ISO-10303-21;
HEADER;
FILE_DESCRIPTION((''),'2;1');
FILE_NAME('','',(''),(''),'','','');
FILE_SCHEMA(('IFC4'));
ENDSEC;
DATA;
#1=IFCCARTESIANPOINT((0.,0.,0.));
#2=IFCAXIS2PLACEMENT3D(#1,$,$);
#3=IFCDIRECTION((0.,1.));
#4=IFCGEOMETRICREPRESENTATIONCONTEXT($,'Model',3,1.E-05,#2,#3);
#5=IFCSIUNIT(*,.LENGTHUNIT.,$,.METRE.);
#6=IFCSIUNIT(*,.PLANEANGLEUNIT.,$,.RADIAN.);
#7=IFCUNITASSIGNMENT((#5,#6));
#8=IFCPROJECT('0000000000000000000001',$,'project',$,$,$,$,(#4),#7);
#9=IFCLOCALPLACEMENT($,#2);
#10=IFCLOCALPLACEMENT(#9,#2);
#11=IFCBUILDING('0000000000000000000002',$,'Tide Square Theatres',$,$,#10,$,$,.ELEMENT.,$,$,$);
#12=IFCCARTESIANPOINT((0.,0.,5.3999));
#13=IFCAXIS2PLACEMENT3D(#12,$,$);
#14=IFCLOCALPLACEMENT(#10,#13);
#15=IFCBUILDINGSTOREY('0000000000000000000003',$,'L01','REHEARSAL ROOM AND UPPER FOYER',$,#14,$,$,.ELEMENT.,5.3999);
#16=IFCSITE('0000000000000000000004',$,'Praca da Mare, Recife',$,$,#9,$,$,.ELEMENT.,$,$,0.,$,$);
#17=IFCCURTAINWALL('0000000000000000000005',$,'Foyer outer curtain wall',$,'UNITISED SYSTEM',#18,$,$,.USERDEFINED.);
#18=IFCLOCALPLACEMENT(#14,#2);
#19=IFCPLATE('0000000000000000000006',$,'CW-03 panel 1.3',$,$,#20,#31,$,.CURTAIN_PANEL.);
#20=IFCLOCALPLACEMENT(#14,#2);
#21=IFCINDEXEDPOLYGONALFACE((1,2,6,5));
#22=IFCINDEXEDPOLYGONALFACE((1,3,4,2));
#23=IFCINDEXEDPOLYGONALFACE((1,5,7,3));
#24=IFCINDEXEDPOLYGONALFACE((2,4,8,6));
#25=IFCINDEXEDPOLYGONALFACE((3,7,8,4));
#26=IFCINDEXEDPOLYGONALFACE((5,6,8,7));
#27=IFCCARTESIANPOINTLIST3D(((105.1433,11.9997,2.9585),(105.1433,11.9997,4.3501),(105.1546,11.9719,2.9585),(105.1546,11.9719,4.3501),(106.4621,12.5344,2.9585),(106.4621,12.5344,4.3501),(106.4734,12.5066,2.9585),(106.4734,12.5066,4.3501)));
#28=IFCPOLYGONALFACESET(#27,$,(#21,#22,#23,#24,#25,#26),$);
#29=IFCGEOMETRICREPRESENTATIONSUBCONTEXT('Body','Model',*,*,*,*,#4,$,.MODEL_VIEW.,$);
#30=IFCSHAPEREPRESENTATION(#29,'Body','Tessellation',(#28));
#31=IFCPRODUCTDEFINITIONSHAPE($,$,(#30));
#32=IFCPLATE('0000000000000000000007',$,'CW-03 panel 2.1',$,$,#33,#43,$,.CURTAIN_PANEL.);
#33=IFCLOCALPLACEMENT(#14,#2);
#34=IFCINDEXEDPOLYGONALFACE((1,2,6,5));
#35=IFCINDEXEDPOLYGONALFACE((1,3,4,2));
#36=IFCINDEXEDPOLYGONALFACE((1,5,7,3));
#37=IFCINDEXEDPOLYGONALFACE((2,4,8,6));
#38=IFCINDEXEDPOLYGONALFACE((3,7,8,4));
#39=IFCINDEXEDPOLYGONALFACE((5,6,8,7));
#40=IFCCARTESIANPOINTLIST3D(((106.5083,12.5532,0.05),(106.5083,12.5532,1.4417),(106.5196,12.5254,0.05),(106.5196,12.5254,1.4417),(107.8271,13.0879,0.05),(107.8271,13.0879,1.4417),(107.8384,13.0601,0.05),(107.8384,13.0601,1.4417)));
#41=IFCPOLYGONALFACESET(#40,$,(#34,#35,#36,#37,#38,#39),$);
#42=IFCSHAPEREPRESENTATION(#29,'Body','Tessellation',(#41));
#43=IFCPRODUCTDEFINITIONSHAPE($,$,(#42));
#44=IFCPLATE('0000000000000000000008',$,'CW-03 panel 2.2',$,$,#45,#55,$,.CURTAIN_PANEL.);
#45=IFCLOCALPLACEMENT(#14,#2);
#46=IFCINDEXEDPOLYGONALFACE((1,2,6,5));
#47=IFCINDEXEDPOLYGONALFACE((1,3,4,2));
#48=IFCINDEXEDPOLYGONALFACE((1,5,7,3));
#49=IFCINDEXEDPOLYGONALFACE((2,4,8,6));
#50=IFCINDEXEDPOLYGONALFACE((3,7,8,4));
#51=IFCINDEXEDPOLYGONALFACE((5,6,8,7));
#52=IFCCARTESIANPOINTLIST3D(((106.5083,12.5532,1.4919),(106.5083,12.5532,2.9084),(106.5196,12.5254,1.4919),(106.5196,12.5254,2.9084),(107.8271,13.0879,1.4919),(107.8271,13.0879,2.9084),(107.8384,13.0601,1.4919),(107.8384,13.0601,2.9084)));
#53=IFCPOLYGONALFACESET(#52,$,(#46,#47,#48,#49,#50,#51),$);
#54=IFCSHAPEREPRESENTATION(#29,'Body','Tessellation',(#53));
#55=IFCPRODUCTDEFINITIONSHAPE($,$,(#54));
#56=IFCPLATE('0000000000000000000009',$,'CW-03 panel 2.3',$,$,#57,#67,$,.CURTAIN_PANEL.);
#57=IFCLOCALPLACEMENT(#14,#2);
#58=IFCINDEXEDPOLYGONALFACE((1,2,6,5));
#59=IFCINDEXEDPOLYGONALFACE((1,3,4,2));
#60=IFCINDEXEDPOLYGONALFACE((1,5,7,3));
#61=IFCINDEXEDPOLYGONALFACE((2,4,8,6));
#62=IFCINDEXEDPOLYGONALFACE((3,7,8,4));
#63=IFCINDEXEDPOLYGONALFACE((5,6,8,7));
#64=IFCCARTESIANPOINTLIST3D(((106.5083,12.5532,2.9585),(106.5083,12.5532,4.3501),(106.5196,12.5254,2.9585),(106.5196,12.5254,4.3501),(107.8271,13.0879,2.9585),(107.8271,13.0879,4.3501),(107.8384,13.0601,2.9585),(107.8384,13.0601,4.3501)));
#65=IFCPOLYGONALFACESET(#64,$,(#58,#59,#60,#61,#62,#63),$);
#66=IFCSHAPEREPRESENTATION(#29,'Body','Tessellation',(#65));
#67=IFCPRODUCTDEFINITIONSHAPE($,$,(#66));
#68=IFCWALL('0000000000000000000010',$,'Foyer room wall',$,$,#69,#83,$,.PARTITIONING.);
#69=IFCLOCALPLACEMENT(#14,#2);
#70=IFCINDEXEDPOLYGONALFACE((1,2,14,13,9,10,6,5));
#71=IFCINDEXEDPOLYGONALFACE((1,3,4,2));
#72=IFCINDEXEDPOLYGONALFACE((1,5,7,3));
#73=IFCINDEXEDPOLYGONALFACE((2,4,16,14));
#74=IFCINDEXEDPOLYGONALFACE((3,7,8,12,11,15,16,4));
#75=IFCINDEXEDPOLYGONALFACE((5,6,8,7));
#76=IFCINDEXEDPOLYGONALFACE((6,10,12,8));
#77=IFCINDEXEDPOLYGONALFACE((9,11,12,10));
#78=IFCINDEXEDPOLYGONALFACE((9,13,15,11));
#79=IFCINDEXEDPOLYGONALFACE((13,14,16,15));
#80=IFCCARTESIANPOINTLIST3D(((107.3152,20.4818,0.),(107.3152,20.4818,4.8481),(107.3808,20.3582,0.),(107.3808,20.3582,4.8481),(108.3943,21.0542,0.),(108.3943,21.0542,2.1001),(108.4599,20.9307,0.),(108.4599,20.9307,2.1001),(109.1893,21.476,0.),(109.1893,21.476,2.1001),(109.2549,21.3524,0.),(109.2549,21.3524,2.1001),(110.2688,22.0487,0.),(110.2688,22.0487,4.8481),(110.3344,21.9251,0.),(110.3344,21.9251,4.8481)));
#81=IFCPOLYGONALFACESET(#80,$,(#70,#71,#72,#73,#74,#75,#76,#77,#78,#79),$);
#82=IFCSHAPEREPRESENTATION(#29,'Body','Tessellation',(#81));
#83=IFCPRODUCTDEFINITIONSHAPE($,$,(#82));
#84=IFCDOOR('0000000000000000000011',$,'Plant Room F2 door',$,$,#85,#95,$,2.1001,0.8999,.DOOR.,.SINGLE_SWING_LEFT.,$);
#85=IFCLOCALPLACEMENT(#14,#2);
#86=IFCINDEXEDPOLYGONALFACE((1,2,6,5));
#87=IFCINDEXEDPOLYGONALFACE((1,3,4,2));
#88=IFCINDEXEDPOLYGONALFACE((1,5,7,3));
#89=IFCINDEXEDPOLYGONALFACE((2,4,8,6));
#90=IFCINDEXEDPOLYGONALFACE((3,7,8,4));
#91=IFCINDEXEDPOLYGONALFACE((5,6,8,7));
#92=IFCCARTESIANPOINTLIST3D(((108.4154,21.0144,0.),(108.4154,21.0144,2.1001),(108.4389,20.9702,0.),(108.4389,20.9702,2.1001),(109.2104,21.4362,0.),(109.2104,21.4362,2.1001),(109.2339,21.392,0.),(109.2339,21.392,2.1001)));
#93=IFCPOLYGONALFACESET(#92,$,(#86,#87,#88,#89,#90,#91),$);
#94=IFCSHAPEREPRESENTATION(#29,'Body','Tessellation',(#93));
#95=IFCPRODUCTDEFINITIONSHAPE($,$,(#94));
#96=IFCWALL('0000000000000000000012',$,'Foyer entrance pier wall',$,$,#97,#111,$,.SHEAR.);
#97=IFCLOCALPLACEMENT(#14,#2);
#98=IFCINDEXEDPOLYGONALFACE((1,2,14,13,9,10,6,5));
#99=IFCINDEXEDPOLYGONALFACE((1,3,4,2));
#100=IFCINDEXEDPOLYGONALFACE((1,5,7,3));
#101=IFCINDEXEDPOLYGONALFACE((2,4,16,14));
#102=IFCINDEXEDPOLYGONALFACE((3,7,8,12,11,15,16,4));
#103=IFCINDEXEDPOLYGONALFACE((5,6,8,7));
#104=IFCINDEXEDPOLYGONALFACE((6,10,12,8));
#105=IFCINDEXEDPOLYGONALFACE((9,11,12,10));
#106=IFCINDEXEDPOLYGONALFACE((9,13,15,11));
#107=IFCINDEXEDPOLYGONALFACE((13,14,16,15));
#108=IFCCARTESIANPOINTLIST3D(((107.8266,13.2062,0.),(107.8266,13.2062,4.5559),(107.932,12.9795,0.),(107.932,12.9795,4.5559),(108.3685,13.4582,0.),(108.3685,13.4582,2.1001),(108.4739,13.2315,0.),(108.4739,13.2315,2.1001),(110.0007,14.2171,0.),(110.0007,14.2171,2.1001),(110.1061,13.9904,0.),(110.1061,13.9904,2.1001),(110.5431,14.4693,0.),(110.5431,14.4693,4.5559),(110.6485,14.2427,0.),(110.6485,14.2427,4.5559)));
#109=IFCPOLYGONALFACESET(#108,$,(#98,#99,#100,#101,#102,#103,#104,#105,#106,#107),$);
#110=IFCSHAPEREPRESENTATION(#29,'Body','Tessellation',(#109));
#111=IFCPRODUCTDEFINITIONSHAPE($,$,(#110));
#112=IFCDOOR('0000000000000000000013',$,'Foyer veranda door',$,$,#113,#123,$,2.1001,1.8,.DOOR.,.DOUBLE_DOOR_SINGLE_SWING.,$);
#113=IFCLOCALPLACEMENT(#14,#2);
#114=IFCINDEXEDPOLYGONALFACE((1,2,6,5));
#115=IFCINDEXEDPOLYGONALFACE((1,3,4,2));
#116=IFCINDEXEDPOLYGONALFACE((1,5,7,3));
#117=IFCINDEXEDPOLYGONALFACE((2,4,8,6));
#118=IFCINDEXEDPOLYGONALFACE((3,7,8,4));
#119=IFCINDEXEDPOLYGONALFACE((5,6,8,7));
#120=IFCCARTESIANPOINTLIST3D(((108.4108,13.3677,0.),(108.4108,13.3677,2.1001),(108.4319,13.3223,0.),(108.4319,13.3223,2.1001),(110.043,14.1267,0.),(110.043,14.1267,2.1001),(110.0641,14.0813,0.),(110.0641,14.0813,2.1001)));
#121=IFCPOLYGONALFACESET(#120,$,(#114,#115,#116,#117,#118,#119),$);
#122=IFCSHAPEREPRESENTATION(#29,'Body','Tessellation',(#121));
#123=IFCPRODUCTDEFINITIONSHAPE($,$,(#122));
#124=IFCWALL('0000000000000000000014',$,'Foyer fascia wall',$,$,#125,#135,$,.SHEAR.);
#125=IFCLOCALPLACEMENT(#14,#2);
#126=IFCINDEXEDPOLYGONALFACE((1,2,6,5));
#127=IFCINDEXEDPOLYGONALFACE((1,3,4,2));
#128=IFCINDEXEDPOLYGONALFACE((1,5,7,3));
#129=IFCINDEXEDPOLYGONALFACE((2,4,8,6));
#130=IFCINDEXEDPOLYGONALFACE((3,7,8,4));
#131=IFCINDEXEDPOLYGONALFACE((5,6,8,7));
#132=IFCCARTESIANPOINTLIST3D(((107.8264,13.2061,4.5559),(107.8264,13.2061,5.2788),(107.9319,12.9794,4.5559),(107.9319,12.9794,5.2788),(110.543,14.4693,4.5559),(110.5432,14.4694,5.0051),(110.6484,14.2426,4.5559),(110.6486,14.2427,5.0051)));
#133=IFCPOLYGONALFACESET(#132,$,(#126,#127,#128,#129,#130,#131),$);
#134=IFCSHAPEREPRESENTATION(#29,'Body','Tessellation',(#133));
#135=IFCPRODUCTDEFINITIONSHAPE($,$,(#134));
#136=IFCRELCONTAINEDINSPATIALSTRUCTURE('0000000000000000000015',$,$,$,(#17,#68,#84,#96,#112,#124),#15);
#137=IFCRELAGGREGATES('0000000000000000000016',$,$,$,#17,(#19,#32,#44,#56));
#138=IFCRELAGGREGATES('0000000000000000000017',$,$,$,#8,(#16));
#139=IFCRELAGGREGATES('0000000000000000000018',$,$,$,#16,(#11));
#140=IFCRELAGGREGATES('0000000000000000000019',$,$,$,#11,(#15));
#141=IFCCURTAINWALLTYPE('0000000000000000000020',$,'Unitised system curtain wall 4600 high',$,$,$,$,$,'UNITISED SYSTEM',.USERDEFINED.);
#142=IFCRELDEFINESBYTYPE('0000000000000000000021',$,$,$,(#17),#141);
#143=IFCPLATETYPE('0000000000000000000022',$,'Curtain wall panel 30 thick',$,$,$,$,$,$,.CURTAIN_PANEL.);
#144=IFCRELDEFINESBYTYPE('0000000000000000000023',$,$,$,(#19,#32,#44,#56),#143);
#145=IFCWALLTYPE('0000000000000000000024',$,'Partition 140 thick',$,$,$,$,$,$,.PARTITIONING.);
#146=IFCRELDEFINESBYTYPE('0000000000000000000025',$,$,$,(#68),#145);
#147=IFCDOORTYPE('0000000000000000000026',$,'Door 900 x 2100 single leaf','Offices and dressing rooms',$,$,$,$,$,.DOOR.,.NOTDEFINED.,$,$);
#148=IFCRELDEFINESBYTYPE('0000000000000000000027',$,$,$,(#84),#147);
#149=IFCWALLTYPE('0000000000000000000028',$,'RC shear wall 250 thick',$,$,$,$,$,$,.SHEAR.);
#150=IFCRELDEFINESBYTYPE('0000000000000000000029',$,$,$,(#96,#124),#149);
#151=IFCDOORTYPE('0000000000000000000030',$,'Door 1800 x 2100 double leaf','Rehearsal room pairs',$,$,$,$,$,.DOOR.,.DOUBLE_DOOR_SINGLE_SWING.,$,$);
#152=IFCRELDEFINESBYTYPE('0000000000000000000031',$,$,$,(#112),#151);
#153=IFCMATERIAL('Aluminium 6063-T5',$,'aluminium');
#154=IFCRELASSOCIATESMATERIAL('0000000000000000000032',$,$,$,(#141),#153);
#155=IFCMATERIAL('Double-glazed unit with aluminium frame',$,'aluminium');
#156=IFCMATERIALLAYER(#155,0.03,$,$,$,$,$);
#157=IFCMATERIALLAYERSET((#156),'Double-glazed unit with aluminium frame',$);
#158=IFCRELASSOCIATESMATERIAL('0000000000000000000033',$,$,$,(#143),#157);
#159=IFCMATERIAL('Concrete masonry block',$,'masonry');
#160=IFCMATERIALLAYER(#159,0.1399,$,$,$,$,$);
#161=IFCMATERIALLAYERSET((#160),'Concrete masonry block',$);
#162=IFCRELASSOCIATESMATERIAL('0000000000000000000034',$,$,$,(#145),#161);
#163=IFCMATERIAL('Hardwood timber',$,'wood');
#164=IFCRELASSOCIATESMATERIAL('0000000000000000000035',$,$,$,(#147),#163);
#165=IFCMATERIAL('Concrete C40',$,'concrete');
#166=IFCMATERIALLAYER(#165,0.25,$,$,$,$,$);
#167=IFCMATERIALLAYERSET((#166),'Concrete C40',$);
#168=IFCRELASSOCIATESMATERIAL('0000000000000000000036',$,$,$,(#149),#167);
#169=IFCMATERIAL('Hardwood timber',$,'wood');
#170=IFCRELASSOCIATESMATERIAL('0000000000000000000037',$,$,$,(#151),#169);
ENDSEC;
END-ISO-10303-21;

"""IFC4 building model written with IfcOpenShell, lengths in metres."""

from ifc_helpers import new_model, si_unit, direction, frame, frame_2d, origin, origin_2d, place, context, subcontext, project, spatial, polyline, rectangle, outline, extrude, material, layer, layer_set, type_object, element, fill, aggregate, save


model = new_model("IFC4")

# Units and contexts
model_context = context("Model", 3, precision=1e-05, world=origin(), true_north=direction((0.0, 1.0)))
body_context = subcontext(model_context, "Body", "Model", "MODEL_VIEW")
ifc_project = project(units=[si_unit("LENGTHUNIT", "METRE"), si_unit("PLANEANGLEUNIT", "RADIAN")], contexts=[model_context])

# Site, building, storey
site_placement = place(None, origin())
site = spatial("IfcSite", under=ifc_project, at=site_placement, Name="Praca da Mare, Recife", CompositionType="ELEMENT", RefElevation=0.0)
building_placement = place(site_placement, origin())
building = spatial("IfcBuilding", under=site, at=building_placement, Name="Tide Square Theatres", CompositionType="ELEMENT")
storey_placement = place(building_placement, frame((0.0, 0.0, 5.3999)))
storey = spatial("IfcBuildingStorey", under=building, at=storey_placement, Name="L01", Description="REHEARSAL ROOM AND UPPER FOYER", CompositionType="ELEMENT", Elevation=5.3999)

# Curtain wall
ifc_material_1 = material(Name="Aluminium 6063-T5", Category="aluminium")
curtain_wall_type = type_object("IfcCurtainWallType", Name="Unitised system curtain wall 4600 high", ElementType="UNITISED SYSTEM", PredefinedType="USERDEFINED", material=ifc_material_1)
curtain_wall_placement = place(storey_placement, origin())
curtain_wall = element("IfcCurtainWall", 1, at=curtain_wall_placement, inside=storey, type_object=curtain_wall_type, Name="Foyer outer curtain wall", ObjectType="UNITISED SYSTEM", PredefinedType="USERDEFINED")

# Plates
ifc_material_2 = material(Name="Double-glazed unit with aluminium frame", Category="aluminium")
ifc_layer_1 = layer(ifc_material_2, 0.03)
ifc_layer_set_1 = layer_set([ifc_layer_1], Name="Double-glazed unit with aluminium frame")
plate_type = type_object("IfcPlateType", Name="Curtain wall panel 30 thick", PredefinedType="CURTAIN_PANEL", material=ifc_layer_set_1)
plate_1_placement = place(storey_placement, frame((105.8083, 12.2532, 2.9585), z_axis=(0.0, 0.0, 1.0), x_axis=(0.926729, 0.375731, 0.0)))
plate_1 = element("IfcPlate", 2, at=plate_1_placement, type_object=plate_type, Name="CW-03 panel 1.3", PredefinedType="CURTAIN_PANEL", context=body_context, shape_type="SweptSolid", body=[
    extrude(rectangle(XDim=1.4231, YDim=0.03, at=origin_2d()), origin(), (0.0, 0.0, 1.0), 1.3916),
])
plate_2_placement = place(storey_placement, frame((107.1733, 12.8066, 0.05), z_axis=(0.0, 0.0, 1.0), x_axis=(0.926729, 0.375731, 0.0)))
plate_2 = element("IfcPlate", 3, at=plate_2_placement, type_object=plate_type, Name="CW-03 panel 2.1", PredefinedType="CURTAIN_PANEL", context=body_context, shape_type="SweptSolid", body=[
    extrude(rectangle(XDim=1.4231, YDim=0.03, at=origin_2d()), origin(), (0.0, 0.0, 1.0), 1.3916),
])
plate_3_placement = place(storey_placement, frame((107.1733, 12.8066, 1.4919), z_axis=(0.0, 0.0, 1.0), x_axis=(0.926729, 0.375731, 0.0)))
plate_3 = element("IfcPlate", 4, at=plate_3_placement, type_object=plate_type, Name="CW-03 panel 2.2", PredefinedType="CURTAIN_PANEL", context=body_context, shape_type="SweptSolid", body=[
    extrude(rectangle(XDim=1.4231, YDim=0.03, at=origin_2d()), origin(), (0.0, 0.0, 1.0), 1.4165),
])
plate_4_placement = place(storey_placement, frame((107.1733, 12.8066, 2.9585), z_axis=(0.0, 0.0, 1.0), x_axis=(0.926729, 0.375731, 0.0)))
plate_4 = element("IfcPlate", 5, at=plate_4_placement, type_object=plate_type, Name="CW-03 panel 2.3", PredefinedType="CURTAIN_PANEL", context=body_context, shape_type="SweptSolid", body=[
    extrude(rectangle(XDim=1.4231, YDim=0.03, at=origin_2d()), origin(), (0.0, 0.0, 1.0), 1.3916),
])
aggregate(curtain_wall, [plate_1, plate_2, plate_3, plate_4])

# Walls, openings, doors
ifc_material_3 = material(Name="Concrete masonry block", Category="masonry")
ifc_layer_2 = layer(ifc_material_3, 0.1399)
ifc_layer_set_2 = layer_set([ifc_layer_2], Name="Concrete masonry block")
wall_type_1 = type_object("IfcWallType", Name="Partition 140 thick", PredefinedType="PARTITIONING", material=ifc_layer_set_2)
wall_1_placement = place(storey_placement, frame((107.3479, 20.4199, 0.0), z_axis=(0.0, 0.0, 1.0), x_axis=(0.88339, 0.468639, 0.0)))
wall_1 = element("IfcWall", 6, at=wall_1_placement, inside=storey, type_object=wall_type_1, Name="Foyer room wall", PredefinedType="PARTITIONING", context=body_context, shape_type="SweptSolid", body=[
    extrude(rectangle(XDim=3.3435, YDim=0.1399, at=frame_2d((1.6719, 0.0))), origin(), (0.0, 0.0, 1.0), 4.8481),
])
opening_1_placement = place(wall_1_placement, frame((1.2217, 0.0, 0.0)))
opening_1 = element("IfcOpeningElement", 7, at=opening_1_placement, cuts=wall_1, PredefinedType="OPENING", context=body_context, shape_type="SweptSolid", body=[
    extrude(rectangle(XDim=0.8999, YDim=2.1001, at=frame_2d((0.45, 1.05))), frame((0.0, 0.0798, 0.0), z_axis=(0.0, -1.0, 0.0), x_axis=(1.0, 0.0, 0.0)), (0.0, 0.0, 1.0), 0.1599),
])
ifc_material_4 = material(Name="Hardwood timber", Category="wood")
door_type_1 = type_object("IfcDoorType", Name="Door 900 x 2100 single leaf", Description="Offices and dressing rooms", OperationType="NOTDEFINED", PredefinedType="DOOR", material=ifc_material_4)
door_1_placement = place(opening_1_placement, origin())
door_1 = element("IfcDoor", 8, at=door_1_placement, inside=storey, type_object=door_type_1, Name="Plant Room F2 door", OperationType="SINGLE_SWING_LEFT", OverallHeight=2.1001, OverallWidth=0.8999, PredefinedType="DOOR", context=body_context, shape_type="SweptSolid", body=[
    extrude(rectangle(XDim=0.8999, YDim=2.1001, at=frame_2d((0.45, 1.05))), frame((0.0, 0.0249, 0.0), z_axis=(0.0, -1.0, 0.0), x_axis=(1.0, 0.0, 0.0)), (0.0, 0.0, 1.0), 0.05),
])
fill(opening_1, door_1)
ifc_material_5 = material(Name="Concrete C40", Category="concrete")
ifc_layer_3 = layer(ifc_material_5, 0.25)
ifc_layer_set_3 = layer_set([ifc_layer_3], Name="Concrete C40")
wall_type_2 = type_object("IfcWallType", Name="RC shear wall 250 thick", PredefinedType="SHEAR", material=ifc_layer_set_3)
wall_2_placement = place(storey_placement, frame((107.8792, 13.0928, 0.0), z_axis=(0.0, 0.0, 1.0), x_axis=(0.906763, 0.42164, 0.0)))
wall_2 = element("IfcWall", 9, at=wall_2_placement, inside=storey, type_object=wall_type_2, Name="Foyer entrance pier wall", PredefinedType="SHEAR", context=body_context, shape_type="SweptSolid", body=[
    extrude(rectangle(XDim=2.9958, YDim=0.25, at=frame_2d((1.498, 0.0))), origin(), (0.0, 0.0, 1.0), 4.5559),
])
opening_2_placement = place(wall_2_placement, frame((0.5979, 0.0, 0.0)))
opening_2 = element("IfcOpeningElement", 10, at=opening_2_placement, cuts=wall_2, PredefinedType="OPENING", context=body_context, shape_type="SweptSolid", body=[
    extrude(rectangle(XDim=1.8, YDim=2.1001, at=frame_2d((0.8999, 1.05))), frame((0.0, 0.135, 0.0), z_axis=(0.0, -1.0, 0.0), x_axis=(1.0, 0.0, 0.0)), (0.0, 0.0, 1.0), 0.27),
])
ifc_material_6 = material(Name="Hardwood timber", Category="wood")
door_type_2 = type_object("IfcDoorType", Name="Door 1800 x 2100 double leaf", Description="Rehearsal room pairs", OperationType="DOUBLE_DOOR_SINGLE_SWING", PredefinedType="DOOR", material=ifc_material_6)
door_2_placement = place(opening_2_placement, frame((1.8, 0.0, 0.0), z_axis=(0.0, 0.0, 1.0), x_axis=(-1.0, 0.0, 0.0)))
door_2 = element("IfcDoor", 11, at=door_2_placement, inside=storey, type_object=door_type_2, Name="Foyer veranda door", OperationType="DOUBLE_DOOR_SINGLE_SWING", OverallHeight=2.1001, OverallWidth=1.8, PredefinedType="DOOR", context=body_context, shape_type="SweptSolid", body=[
    extrude(rectangle(XDim=1.8, YDim=2.1001, at=frame_2d((0.8999, 1.05))), frame((0.0, 0.0249, 0.0), z_axis=(0.0, -1.0, 0.0), x_axis=(1.0, 0.0, 0.0)), (0.0, 0.0, 1.0), 0.05),
])
fill(opening_2, door_2)

# Wall
wall_3_placement = place(storey_placement, frame((107.8792, 13.0928, 4.5559), z_axis=(0.0, 0.0, 1.0), x_axis=(0.906763, 0.42164, 0.0)))
element("IfcWall", 12, at=wall_3_placement, inside=storey, type_object=wall_type_2, Name="Foyer fascia wall", PredefinedType="SHEAR", context=body_context, shape_type="SweptSolid", body=[
    extrude(outline(polyline([(0.0, 0.0), (2.9958, 0.0), (2.9961, 0.4492), (0.0, 0.7229), (0.0, 0.0)])), frame((0.0, 0.125, 0.0), z_axis=(0.0, -1.0, 0.0), x_axis=(1.0, 0.0, 0.0)), (0.0, 0.0, 1.0), 0.25),
])

save(model, "model.ifc")
